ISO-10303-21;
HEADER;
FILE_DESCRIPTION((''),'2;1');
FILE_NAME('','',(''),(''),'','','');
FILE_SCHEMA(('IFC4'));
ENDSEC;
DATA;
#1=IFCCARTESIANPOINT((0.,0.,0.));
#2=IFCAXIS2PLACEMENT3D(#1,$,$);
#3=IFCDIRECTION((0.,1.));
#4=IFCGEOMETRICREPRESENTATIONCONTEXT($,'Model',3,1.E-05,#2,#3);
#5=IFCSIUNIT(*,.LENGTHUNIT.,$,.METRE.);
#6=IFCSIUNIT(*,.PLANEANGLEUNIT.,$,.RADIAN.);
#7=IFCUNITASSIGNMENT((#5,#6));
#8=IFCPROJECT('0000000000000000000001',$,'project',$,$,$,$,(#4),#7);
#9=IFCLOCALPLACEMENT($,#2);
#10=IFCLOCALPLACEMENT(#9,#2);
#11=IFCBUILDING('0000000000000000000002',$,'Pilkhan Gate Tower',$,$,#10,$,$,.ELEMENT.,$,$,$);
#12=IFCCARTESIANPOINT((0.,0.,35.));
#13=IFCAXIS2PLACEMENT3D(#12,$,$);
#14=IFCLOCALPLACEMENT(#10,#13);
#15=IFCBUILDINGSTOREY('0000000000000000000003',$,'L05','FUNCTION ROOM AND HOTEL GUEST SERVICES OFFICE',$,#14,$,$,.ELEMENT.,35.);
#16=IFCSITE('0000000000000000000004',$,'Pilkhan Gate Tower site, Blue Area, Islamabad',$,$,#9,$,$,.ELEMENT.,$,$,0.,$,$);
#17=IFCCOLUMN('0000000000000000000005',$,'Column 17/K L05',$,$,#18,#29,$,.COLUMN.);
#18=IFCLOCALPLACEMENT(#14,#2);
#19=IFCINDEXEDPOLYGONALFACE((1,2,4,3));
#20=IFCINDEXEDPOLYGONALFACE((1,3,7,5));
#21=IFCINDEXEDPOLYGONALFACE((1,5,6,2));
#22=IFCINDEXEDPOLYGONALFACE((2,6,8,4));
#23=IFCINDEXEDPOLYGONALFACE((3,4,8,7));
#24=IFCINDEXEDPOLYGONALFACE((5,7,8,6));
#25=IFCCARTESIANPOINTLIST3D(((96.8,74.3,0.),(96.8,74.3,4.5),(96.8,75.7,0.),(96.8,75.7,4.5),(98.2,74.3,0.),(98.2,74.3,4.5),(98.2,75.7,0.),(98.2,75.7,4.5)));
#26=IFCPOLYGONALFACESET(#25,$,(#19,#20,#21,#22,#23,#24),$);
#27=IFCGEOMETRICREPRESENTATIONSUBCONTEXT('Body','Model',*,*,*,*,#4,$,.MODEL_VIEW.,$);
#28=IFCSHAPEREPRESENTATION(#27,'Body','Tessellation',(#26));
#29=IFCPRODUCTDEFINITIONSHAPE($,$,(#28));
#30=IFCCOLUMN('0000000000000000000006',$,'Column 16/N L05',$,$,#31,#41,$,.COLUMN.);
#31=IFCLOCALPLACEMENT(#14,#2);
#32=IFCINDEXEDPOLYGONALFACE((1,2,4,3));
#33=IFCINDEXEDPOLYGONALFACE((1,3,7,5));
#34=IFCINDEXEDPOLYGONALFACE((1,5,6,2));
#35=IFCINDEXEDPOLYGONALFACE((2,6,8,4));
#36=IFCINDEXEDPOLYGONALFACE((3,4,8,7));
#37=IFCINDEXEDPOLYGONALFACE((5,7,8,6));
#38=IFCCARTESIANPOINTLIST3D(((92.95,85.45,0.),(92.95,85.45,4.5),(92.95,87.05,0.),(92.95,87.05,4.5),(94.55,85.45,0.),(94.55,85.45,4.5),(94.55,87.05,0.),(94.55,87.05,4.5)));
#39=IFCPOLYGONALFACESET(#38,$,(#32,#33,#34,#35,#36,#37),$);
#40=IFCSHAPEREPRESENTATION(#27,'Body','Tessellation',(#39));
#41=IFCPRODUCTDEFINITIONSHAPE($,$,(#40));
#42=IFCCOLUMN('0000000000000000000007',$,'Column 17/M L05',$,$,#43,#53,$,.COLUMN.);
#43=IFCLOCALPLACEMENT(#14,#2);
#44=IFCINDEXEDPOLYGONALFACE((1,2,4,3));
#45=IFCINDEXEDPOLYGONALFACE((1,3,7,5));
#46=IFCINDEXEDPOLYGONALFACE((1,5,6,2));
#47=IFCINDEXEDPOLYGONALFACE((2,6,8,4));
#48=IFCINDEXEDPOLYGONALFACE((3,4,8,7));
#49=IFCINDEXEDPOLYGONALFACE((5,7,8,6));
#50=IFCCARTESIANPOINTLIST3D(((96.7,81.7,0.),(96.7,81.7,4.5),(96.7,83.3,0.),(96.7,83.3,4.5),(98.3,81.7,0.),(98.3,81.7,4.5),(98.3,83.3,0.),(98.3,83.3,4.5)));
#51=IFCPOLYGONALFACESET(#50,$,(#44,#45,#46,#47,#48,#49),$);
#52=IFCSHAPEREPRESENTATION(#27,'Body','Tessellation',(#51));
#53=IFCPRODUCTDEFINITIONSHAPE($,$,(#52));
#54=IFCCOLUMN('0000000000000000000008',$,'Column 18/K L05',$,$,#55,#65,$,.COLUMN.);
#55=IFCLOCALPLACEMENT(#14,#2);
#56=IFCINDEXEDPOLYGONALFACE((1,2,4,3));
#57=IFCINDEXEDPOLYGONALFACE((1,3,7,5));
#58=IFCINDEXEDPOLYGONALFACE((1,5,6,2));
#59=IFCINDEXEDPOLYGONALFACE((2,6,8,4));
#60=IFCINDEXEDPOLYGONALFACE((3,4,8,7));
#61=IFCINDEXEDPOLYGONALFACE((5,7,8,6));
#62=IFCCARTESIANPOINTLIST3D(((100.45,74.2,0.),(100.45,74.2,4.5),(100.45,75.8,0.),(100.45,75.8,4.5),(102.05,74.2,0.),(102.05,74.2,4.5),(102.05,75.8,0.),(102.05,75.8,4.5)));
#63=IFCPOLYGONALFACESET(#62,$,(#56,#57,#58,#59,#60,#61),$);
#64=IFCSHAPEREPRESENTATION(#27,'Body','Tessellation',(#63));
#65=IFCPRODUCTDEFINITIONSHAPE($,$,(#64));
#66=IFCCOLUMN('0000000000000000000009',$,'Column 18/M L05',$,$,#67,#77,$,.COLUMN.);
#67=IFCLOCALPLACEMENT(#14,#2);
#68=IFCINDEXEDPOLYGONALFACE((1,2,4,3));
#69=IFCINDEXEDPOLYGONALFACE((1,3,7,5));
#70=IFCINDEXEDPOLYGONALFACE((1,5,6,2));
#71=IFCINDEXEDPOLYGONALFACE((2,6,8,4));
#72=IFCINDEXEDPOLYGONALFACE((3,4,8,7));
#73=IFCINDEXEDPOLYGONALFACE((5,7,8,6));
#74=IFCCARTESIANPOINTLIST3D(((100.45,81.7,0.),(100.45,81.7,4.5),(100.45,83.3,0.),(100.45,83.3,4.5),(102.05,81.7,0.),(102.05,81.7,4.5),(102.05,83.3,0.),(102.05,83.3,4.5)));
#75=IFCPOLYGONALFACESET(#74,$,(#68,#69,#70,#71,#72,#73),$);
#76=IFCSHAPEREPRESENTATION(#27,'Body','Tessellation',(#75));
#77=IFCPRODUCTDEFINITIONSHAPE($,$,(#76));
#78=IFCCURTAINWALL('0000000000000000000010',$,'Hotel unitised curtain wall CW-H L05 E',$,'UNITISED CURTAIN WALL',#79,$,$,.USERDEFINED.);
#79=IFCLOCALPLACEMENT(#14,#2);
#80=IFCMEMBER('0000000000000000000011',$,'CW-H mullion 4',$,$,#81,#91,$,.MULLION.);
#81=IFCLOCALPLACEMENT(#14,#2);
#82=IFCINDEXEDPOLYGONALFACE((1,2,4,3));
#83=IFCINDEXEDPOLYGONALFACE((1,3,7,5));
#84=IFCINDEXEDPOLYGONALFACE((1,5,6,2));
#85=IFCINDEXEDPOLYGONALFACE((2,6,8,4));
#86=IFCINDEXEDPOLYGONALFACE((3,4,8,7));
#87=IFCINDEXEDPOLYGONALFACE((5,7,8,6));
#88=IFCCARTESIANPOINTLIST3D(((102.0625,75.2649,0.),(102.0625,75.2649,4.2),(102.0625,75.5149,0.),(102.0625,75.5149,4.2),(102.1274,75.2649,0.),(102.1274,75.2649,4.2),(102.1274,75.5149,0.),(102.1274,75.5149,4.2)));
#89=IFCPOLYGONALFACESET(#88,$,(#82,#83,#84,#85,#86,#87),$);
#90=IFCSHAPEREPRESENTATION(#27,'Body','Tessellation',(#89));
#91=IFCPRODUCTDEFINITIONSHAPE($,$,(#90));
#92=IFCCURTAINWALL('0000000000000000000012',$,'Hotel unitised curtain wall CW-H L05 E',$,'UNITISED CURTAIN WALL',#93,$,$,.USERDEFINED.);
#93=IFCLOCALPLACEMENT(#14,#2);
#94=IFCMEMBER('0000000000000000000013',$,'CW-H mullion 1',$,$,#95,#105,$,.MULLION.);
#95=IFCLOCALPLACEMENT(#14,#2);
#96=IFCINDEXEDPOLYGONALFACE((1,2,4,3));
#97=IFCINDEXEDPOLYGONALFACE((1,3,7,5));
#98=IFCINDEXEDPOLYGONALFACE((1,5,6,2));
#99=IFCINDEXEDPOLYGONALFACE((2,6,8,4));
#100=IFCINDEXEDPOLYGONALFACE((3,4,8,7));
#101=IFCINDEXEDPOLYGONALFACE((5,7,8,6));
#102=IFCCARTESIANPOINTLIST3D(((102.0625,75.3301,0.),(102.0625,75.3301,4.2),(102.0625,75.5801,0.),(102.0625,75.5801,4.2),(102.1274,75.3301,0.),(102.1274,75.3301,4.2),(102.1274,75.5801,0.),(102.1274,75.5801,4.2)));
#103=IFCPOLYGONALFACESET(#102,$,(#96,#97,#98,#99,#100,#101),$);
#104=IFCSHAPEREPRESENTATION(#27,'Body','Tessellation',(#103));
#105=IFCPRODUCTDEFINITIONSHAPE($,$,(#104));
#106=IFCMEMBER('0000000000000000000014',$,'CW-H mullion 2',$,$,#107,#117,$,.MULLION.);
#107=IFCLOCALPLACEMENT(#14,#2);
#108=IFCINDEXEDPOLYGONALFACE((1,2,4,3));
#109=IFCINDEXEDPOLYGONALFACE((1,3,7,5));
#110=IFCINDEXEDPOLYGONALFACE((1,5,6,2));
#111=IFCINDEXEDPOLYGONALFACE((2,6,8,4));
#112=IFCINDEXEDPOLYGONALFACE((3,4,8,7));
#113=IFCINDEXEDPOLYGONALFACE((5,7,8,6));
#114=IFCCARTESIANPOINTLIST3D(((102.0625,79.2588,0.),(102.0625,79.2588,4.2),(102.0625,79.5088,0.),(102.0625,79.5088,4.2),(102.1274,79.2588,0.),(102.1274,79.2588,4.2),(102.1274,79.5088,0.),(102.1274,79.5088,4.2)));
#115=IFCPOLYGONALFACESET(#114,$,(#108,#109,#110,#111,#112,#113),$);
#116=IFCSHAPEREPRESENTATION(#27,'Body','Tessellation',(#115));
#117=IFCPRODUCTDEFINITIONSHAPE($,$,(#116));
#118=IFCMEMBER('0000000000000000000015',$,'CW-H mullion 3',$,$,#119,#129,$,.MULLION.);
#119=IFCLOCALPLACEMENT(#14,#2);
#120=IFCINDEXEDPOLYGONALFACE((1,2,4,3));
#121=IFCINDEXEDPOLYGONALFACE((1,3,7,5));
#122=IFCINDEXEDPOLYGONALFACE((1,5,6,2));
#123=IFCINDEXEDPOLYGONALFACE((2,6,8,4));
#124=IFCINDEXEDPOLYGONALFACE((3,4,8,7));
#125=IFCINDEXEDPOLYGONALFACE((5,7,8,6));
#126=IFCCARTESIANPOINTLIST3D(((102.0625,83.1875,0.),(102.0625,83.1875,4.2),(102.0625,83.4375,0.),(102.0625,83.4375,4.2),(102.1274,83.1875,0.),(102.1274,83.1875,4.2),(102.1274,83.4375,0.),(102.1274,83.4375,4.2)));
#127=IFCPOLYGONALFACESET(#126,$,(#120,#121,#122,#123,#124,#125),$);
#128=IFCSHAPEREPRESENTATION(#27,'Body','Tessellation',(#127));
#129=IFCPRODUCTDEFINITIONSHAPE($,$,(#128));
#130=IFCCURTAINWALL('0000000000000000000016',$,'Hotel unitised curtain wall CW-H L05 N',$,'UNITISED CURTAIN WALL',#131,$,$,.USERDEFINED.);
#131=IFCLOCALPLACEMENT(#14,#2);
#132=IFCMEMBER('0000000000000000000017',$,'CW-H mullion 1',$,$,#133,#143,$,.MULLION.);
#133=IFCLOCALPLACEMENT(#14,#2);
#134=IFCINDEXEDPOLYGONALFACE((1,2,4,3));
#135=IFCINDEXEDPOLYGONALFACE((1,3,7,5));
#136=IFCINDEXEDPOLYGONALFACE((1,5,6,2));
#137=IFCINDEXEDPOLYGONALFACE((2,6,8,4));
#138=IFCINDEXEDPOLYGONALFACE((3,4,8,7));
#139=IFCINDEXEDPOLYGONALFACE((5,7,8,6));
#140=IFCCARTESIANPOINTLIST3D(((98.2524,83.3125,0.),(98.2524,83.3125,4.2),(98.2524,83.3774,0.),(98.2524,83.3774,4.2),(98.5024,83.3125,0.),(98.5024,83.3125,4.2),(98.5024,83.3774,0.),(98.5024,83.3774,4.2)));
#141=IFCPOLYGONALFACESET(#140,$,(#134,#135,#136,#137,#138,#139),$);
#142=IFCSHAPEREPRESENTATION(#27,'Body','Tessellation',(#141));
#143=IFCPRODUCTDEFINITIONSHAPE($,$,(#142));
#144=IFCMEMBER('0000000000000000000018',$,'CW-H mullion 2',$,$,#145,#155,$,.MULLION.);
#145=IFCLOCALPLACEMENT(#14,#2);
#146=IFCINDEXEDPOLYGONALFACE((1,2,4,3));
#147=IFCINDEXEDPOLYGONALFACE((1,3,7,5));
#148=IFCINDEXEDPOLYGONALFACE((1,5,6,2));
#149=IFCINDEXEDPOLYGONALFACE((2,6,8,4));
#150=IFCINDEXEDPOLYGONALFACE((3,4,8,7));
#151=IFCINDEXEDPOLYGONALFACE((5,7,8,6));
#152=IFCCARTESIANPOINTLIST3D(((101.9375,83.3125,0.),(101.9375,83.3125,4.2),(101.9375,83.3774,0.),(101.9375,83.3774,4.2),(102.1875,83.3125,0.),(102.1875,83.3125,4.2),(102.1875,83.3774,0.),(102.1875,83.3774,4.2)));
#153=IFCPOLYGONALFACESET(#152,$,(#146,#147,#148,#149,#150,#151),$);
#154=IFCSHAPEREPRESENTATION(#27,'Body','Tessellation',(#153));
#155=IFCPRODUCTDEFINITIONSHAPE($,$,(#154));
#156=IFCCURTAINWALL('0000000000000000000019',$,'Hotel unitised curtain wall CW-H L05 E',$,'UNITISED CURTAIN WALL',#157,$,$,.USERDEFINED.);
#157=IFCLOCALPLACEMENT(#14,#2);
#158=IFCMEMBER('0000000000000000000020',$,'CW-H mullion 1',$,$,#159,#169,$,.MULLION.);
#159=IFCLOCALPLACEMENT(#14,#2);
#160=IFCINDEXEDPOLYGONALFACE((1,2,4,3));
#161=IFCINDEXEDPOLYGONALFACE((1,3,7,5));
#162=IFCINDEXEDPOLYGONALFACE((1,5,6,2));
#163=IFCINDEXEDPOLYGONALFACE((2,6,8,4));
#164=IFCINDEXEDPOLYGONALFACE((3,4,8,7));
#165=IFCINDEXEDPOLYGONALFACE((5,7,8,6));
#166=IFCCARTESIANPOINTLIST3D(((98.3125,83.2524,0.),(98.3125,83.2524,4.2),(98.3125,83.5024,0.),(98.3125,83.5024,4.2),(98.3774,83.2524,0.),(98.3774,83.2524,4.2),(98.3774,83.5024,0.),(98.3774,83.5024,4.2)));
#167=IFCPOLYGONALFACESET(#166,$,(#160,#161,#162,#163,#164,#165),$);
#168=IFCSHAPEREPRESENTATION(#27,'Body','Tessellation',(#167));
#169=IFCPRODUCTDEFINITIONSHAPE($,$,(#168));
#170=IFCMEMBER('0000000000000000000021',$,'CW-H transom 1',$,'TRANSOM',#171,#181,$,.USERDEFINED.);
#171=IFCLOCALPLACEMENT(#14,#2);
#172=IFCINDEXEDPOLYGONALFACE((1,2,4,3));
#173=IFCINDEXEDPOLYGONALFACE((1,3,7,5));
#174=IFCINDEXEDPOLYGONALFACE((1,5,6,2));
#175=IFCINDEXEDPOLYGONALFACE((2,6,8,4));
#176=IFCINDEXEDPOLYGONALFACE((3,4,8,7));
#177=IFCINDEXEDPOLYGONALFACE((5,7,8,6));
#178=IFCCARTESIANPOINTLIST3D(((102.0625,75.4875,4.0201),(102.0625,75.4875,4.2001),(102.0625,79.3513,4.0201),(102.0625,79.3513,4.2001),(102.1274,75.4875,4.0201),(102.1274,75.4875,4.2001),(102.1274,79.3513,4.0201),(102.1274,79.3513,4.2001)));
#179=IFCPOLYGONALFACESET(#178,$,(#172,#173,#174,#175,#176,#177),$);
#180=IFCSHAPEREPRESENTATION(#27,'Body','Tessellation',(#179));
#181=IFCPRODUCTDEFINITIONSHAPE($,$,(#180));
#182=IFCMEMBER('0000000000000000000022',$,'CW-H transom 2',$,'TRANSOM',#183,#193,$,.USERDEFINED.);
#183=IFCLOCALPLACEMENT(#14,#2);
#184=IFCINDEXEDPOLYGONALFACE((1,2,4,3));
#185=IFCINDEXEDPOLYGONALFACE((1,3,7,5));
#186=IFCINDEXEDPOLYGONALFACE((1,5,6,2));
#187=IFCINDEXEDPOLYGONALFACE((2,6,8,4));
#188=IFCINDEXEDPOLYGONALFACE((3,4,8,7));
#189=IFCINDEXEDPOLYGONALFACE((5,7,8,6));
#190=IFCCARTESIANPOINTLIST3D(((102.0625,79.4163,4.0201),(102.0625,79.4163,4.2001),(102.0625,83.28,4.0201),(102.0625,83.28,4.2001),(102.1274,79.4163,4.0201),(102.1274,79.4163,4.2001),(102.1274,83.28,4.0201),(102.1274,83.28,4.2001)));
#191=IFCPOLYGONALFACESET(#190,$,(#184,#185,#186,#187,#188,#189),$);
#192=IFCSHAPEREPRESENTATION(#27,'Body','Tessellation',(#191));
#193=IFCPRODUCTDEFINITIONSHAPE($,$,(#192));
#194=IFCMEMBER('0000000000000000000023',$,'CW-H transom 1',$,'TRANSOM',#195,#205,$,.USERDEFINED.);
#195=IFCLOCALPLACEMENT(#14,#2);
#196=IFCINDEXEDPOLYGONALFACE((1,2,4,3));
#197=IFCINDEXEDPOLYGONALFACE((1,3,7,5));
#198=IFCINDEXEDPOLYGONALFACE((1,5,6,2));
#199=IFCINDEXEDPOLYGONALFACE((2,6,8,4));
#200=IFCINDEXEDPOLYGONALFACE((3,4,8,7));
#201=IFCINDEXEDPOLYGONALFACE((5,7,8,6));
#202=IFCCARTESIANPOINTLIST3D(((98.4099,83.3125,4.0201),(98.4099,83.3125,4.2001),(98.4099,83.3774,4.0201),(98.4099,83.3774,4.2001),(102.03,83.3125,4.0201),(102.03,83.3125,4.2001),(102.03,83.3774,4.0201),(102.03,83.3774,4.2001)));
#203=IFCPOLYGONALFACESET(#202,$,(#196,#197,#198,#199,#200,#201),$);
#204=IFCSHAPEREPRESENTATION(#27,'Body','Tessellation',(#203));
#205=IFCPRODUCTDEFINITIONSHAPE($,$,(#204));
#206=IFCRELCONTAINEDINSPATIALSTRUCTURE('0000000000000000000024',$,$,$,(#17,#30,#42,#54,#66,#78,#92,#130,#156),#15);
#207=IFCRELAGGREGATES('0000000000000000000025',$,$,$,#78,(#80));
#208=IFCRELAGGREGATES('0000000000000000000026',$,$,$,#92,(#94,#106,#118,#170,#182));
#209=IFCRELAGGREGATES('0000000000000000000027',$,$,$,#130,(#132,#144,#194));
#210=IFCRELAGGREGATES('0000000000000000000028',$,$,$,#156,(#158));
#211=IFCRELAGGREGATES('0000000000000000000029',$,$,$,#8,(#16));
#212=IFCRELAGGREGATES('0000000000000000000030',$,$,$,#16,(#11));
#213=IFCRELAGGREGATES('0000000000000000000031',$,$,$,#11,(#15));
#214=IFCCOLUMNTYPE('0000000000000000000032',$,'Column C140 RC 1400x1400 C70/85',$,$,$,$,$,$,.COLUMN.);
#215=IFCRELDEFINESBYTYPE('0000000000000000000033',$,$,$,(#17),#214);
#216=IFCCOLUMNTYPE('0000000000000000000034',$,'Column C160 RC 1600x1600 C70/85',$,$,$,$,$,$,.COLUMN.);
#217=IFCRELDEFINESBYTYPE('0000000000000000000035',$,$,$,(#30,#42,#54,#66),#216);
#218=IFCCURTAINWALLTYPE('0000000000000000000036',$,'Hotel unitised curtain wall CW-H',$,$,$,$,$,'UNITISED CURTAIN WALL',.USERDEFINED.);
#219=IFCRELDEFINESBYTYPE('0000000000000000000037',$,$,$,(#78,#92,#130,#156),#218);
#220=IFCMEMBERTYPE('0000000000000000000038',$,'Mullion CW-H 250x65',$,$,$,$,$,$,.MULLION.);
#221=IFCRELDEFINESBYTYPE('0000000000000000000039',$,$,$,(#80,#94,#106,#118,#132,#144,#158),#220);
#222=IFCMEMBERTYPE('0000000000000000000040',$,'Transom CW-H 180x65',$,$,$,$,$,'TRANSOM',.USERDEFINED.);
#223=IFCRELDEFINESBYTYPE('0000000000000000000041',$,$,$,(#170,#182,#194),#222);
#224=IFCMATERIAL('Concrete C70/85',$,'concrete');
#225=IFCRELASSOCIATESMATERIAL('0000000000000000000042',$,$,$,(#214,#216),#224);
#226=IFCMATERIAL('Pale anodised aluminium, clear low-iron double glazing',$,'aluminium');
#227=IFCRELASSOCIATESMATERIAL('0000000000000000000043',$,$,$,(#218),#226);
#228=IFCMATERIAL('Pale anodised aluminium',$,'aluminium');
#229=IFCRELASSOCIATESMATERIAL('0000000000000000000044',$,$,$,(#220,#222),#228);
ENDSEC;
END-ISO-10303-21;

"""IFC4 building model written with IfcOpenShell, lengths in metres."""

from ifc_helpers import new_model, si_unit, direction, frame, origin, origin_2d, place, context, subcontext, project, spatial, rectangle, extrude, material, material_profile, profile_set, type_object, element, aggregate, save


model = new_model("IFC4")

# Units and contexts
model_context = context("Model", 3, precision=1e-05, world=origin(), true_north=direction((0.0, 1.0)))
body_context = subcontext(model_context, "Body", "Model", "MODEL_VIEW")
ifc_project = project(units=[si_unit("LENGTHUNIT", "METRE"), si_unit("PLANEANGLEUNIT", "RADIAN")], contexts=[model_context])

# Site, building, storey
site_placement = place(None, origin())
site = spatial("IfcSite", under=ifc_project, at=site_placement, Name="Pilkhan Gate Tower site, Blue Area, Islamabad", CompositionType="ELEMENT", RefElevation=0.0)
building_placement = place(site_placement, origin())
building = spatial("IfcBuilding", under=site, at=building_placement, Name="Pilkhan Gate Tower", CompositionType="ELEMENT")
storey_placement = place(building_placement, frame((0.0, 0.0, 35.0)))
storey = spatial("IfcBuildingStorey", under=building, at=storey_placement, Name="L05", Description="FUNCTION ROOM AND HOTEL GUEST SERVICES OFFICE", CompositionType="ELEMENT", Elevation=35.0)

# Columns
ifc_material_1 = material(Name="Concrete C70/85", Category="concrete")
ifc_material_profile_1 = material_profile(ifc_material_1, rectangle(XDim=1.3999, YDim=1.3999, at=origin_2d()), Name="RC 1400x1400")
ifc_profile_set_1 = profile_set([ifc_material_profile_1], Name="Concrete C70/85")
column_type_1 = type_object("IfcColumnType", Name="Column C140 RC 1400x1400 C70/85", PredefinedType="COLUMN", material=ifc_profile_set_1)
column_placement = place(storey_placement, frame((97.5, 75.0, 0.0), z_axis=(0.0, 0.0, 1.0), x_axis=(1.0, 0.0, 0.0)))
element("IfcColumn", 1, at=column_placement, inside=storey, type_object=column_type_1, Name="Column 17/K L05", PredefinedType="COLUMN", context=body_context, shape_type="SweptSolid", body=[
    extrude(rectangle(XDim=1.3999, YDim=1.3999, at=origin_2d()), origin(), (0.0, 0.0, 1.0), 4.5),
])
ifc_material_profile_2 = material_profile(ifc_material_1, rectangle(XDim=1.6001, YDim=1.6001, at=origin_2d()), Name="RC 1600x1600")
ifc_profile_set_2 = profile_set([ifc_material_profile_2], Name="Concrete C70/85")
column_type_2 = type_object("IfcColumnType", Name="Column C160 RC 1600x1600 C70/85", PredefinedType="COLUMN", material=ifc_profile_set_2)
for number, where, z_axis, x_axis, name in (
    (2, (93.75, 86.25, 0.0), (0.0, 0.0, 1.0), (1.0, 0.0, 0.0), "Column 16/N L05"),
    (3, (97.5, 82.5, 0.0), (0.0, 0.0, 1.0), (1.0, 0.0, 0.0), "Column 17/M L05"),
    (4, (101.25, 75.0, 0.0), (0.0, 0.0, 1.0), (1.0, 0.0, 0.0), "Column 18/K L05"),
    (5, (101.25, 82.5, 0.0), (0.0, 0.0, 1.0), (1.0, 0.0, 0.0), "Column 18/M L05"),
):
    element("IfcColumn", number, at=place(storey_placement, frame(where, z_axis=z_axis, x_axis=x_axis)), inside=storey, type_object=column_type_2, Name=name, PredefinedType="COLUMN", context=body_context, shape_type="SweptSolid", body=[
        extrude(rectangle(XDim=1.6001, YDim=1.6001, at=origin_2d()), origin(), (0.0, 0.0, 1.0), 4.5),
    ])

# Curtain wall, member
ifc_material_2 = material(Name="Pale anodised aluminium, clear low-iron double glazing", Category="aluminium")
curtain_wall_type = type_object("IfcCurtainWallType", Name="Hotel unitised curtain wall CW-H", ElementType="UNITISED CURTAIN WALL", PredefinedType="USERDEFINED", material=ifc_material_2)
curtain_wall_1_placement = place(storey_placement, origin())
curtain_wall_1 = element("IfcCurtainWall", 6, at=curtain_wall_1_placement, inside=storey, type_object=curtain_wall_type, Name="Hotel unitised curtain wall CW-H L05 E", ObjectType="UNITISED CURTAIN WALL", PredefinedType="USERDEFINED")
ifc_material_3 = material(Name="Pale anodised aluminium", Category="aluminium")
ifc_material_profile_3 = material_profile(ifc_material_3, rectangle(XDim=0.0649, YDim=0.25, at=origin_2d()), Name="Mullion 250x65")
ifc_profile_set_3 = profile_set([ifc_material_profile_3], Name="Pale anodised aluminium")
member_type_1 = type_object("IfcMemberType", Name="Mullion CW-H 250x65", PredefinedType="MULLION", material=ifc_profile_set_3)
member_1_placement = place(storey_placement, frame((102.095, 75.3899, 0.0), z_axis=(0.0, 0.0, 1.0), x_axis=(-1.0, 0.0, 0.0)))
member_1 = element("IfcMember", 7, at=member_1_placement, type_object=member_type_1, Name="CW-H mullion 4", PredefinedType="MULLION", context=body_context, shape_type="SweptSolid", body=[
    extrude(rectangle(XDim=0.0649, YDim=0.25, at=origin_2d()), origin(), (0.0, 0.0, 1.0), 4.2),
])

# Curtain walls, members
curtain_wall_2_placement = place(storey_placement, origin())
curtain_wall_2 = element("IfcCurtainWall", 8, at=curtain_wall_2_placement, inside=storey, type_object=curtain_wall_type, Name="Hotel unitised curtain wall CW-H L05 E", ObjectType="UNITISED CURTAIN WALL", PredefinedType="USERDEFINED")
member_2_placement = place(storey_placement, frame((102.095, 75.4551, 0.0), z_axis=(0.0, 0.0, 1.0), x_axis=(-1.0, 0.0, 0.0)))
member_2 = element("IfcMember", 9, at=member_2_placement, type_object=member_type_1, Name="CW-H mullion 1", PredefinedType="MULLION", context=body_context, shape_type="SweptSolid", body=[
    extrude(rectangle(XDim=0.0649, YDim=0.25, at=origin_2d()), origin(), (0.0, 0.0, 1.0), 4.2),
])
member_3_placement = place(storey_placement, frame((102.095, 79.3838, 0.0), z_axis=(0.0, 0.0, 1.0), x_axis=(-1.0, 0.0, 0.0)))
member_3 = element("IfcMember", 10, at=member_3_placement, type_object=member_type_1, Name="CW-H mullion 2", PredefinedType="MULLION", context=body_context, shape_type="SweptSolid", body=[
    extrude(rectangle(XDim=0.0649, YDim=0.25, at=origin_2d()), origin(), (0.0, 0.0, 1.0), 4.2),
])
member_4_placement = place(storey_placement, frame((102.095, 83.3125, 0.0), z_axis=(0.0, 0.0, 1.0), x_axis=(-1.0, 0.0, 0.0)))
member_4 = element("IfcMember", 11, at=member_4_placement, type_object=member_type_1, Name="CW-H mullion 3", PredefinedType="MULLION", context=body_context, shape_type="SweptSolid", body=[
    extrude(rectangle(XDim=0.0649, YDim=0.25, at=origin_2d()), origin(), (0.0, 0.0, 1.0), 4.2),
])
curtain_wall_3_placement = place(storey_placement, origin())
curtain_wall_3 = element("IfcCurtainWall", 12, at=curtain_wall_3_placement, inside=storey, type_object=curtain_wall_type, Name="Hotel unitised curtain wall CW-H L05 N", ObjectType="UNITISED CURTAIN WALL", PredefinedType="USERDEFINED")
member_5_placement = place(storey_placement, frame((98.3774, 83.345, 0.0), z_axis=(0.0, 0.0, 1.0), x_axis=(0.0, 1.0, 0.0)))
member_5 = element("IfcMember", 13, at=member_5_placement, type_object=member_type_1, Name="CW-H mullion 1", PredefinedType="MULLION", context=body_context, shape_type="SweptSolid", body=[
    extrude(rectangle(XDim=0.0649, YDim=0.25, at=origin_2d()), origin(), (0.0, 0.0, 1.0), 4.2),
])
member_6_placement = place(storey_placement, frame((102.0625, 83.345, 0.0), z_axis=(0.0, 0.0, 1.0), x_axis=(0.0, 1.0, 0.0)))
member_6 = element("IfcMember", 14, at=member_6_placement, type_object=member_type_1, Name="CW-H mullion 2", PredefinedType="MULLION", context=body_context, shape_type="SweptSolid", body=[
    extrude(rectangle(XDim=0.0649, YDim=0.25, at=origin_2d()), origin(), (0.0, 0.0, 1.0), 4.2),
])

# Curtain wall, member
curtain_wall_4_placement = place(storey_placement, origin())
curtain_wall_4 = element("IfcCurtainWall", 15, at=curtain_wall_4_placement, inside=storey, type_object=curtain_wall_type, Name="Hotel unitised curtain wall CW-H L05 E", ObjectType="UNITISED CURTAIN WALL", PredefinedType="USERDEFINED")
member_7_placement = place(storey_placement, frame((98.345, 83.3774, 0.0), z_axis=(0.0, 0.0, 1.0), x_axis=(-1.0, 0.0, 0.0)))
member_7 = element("IfcMember", 16, at=member_7_placement, type_object=member_type_1, Name="CW-H mullion 1", PredefinedType="MULLION", context=body_context, shape_type="SweptSolid", body=[
    extrude(rectangle(XDim=0.0649, YDim=0.25, at=origin_2d()), origin(), (0.0, 0.0, 1.0), 4.2),
])

# Members
ifc_material_profile_4 = material_profile(ifc_material_3, rectangle(XDim=0.0649, YDim=0.1799, at=origin_2d()), Name="Transom 180x65")
ifc_profile_set_4 = profile_set([ifc_material_profile_4], Name="Pale anodised aluminium")
member_type_2 = type_object("IfcMemberType", Name="Transom CW-H 180x65", ElementType="TRANSOM", PredefinedType="USERDEFINED", material=ifc_profile_set_4)
member_8_placement = place(storey_placement, frame((102.095, 75.4875, 4.1101), z_axis=(0.0, 1.0, 0.0), x_axis=(-1.0, 0.0, 0.0)))
member_8 = element("IfcMember", 17, at=member_8_placement, type_object=member_type_2, Name="CW-H transom 1", ObjectType="TRANSOM", PredefinedType="USERDEFINED", context=body_context, shape_type="SweptSolid", body=[
    extrude(rectangle(XDim=0.0649, YDim=0.1799, at=origin_2d()), origin(), (0.0, 0.0, 1.0), 3.8638),
])
member_9_placement = place(storey_placement, frame((102.095, 79.4163, 4.1101), z_axis=(0.0, 1.0, 0.0), x_axis=(-1.0, 0.0, 0.0)))
member_9 = element("IfcMember", 18, at=member_9_placement, type_object=member_type_2, Name="CW-H transom 2", ObjectType="TRANSOM", PredefinedType="USERDEFINED", context=body_context, shape_type="SweptSolid", body=[
    extrude(rectangle(XDim=0.0649, YDim=0.1799, at=origin_2d()), origin(), (0.0, 0.0, 1.0), 3.8638),
])
member_10_placement = place(storey_placement, frame((98.4099, 83.345, 4.1101), z_axis=(1.0, 0.0, 0.0), x_axis=(0.0, 1.0, 0.0)))
member_10 = element("IfcMember", 19, at=member_10_placement, type_object=member_type_2, Name="CW-H transom 1", ObjectType="TRANSOM", PredefinedType="USERDEFINED", context=body_context, shape_type="SweptSolid", body=[
    extrude(rectangle(XDim=0.0649, YDim=0.1799, at=origin_2d()), origin(), (0.0, 0.0, 1.0), 3.6201),
])

aggregate(curtain_wall_1, [member_1])
aggregate(curtain_wall_2, [member_2, member_3, member_4, member_8, member_9])
aggregate(curtain_wall_3, [member_5, member_6, member_10])
aggregate(curtain_wall_4, [member_7])

save(model, "model.ifc")
